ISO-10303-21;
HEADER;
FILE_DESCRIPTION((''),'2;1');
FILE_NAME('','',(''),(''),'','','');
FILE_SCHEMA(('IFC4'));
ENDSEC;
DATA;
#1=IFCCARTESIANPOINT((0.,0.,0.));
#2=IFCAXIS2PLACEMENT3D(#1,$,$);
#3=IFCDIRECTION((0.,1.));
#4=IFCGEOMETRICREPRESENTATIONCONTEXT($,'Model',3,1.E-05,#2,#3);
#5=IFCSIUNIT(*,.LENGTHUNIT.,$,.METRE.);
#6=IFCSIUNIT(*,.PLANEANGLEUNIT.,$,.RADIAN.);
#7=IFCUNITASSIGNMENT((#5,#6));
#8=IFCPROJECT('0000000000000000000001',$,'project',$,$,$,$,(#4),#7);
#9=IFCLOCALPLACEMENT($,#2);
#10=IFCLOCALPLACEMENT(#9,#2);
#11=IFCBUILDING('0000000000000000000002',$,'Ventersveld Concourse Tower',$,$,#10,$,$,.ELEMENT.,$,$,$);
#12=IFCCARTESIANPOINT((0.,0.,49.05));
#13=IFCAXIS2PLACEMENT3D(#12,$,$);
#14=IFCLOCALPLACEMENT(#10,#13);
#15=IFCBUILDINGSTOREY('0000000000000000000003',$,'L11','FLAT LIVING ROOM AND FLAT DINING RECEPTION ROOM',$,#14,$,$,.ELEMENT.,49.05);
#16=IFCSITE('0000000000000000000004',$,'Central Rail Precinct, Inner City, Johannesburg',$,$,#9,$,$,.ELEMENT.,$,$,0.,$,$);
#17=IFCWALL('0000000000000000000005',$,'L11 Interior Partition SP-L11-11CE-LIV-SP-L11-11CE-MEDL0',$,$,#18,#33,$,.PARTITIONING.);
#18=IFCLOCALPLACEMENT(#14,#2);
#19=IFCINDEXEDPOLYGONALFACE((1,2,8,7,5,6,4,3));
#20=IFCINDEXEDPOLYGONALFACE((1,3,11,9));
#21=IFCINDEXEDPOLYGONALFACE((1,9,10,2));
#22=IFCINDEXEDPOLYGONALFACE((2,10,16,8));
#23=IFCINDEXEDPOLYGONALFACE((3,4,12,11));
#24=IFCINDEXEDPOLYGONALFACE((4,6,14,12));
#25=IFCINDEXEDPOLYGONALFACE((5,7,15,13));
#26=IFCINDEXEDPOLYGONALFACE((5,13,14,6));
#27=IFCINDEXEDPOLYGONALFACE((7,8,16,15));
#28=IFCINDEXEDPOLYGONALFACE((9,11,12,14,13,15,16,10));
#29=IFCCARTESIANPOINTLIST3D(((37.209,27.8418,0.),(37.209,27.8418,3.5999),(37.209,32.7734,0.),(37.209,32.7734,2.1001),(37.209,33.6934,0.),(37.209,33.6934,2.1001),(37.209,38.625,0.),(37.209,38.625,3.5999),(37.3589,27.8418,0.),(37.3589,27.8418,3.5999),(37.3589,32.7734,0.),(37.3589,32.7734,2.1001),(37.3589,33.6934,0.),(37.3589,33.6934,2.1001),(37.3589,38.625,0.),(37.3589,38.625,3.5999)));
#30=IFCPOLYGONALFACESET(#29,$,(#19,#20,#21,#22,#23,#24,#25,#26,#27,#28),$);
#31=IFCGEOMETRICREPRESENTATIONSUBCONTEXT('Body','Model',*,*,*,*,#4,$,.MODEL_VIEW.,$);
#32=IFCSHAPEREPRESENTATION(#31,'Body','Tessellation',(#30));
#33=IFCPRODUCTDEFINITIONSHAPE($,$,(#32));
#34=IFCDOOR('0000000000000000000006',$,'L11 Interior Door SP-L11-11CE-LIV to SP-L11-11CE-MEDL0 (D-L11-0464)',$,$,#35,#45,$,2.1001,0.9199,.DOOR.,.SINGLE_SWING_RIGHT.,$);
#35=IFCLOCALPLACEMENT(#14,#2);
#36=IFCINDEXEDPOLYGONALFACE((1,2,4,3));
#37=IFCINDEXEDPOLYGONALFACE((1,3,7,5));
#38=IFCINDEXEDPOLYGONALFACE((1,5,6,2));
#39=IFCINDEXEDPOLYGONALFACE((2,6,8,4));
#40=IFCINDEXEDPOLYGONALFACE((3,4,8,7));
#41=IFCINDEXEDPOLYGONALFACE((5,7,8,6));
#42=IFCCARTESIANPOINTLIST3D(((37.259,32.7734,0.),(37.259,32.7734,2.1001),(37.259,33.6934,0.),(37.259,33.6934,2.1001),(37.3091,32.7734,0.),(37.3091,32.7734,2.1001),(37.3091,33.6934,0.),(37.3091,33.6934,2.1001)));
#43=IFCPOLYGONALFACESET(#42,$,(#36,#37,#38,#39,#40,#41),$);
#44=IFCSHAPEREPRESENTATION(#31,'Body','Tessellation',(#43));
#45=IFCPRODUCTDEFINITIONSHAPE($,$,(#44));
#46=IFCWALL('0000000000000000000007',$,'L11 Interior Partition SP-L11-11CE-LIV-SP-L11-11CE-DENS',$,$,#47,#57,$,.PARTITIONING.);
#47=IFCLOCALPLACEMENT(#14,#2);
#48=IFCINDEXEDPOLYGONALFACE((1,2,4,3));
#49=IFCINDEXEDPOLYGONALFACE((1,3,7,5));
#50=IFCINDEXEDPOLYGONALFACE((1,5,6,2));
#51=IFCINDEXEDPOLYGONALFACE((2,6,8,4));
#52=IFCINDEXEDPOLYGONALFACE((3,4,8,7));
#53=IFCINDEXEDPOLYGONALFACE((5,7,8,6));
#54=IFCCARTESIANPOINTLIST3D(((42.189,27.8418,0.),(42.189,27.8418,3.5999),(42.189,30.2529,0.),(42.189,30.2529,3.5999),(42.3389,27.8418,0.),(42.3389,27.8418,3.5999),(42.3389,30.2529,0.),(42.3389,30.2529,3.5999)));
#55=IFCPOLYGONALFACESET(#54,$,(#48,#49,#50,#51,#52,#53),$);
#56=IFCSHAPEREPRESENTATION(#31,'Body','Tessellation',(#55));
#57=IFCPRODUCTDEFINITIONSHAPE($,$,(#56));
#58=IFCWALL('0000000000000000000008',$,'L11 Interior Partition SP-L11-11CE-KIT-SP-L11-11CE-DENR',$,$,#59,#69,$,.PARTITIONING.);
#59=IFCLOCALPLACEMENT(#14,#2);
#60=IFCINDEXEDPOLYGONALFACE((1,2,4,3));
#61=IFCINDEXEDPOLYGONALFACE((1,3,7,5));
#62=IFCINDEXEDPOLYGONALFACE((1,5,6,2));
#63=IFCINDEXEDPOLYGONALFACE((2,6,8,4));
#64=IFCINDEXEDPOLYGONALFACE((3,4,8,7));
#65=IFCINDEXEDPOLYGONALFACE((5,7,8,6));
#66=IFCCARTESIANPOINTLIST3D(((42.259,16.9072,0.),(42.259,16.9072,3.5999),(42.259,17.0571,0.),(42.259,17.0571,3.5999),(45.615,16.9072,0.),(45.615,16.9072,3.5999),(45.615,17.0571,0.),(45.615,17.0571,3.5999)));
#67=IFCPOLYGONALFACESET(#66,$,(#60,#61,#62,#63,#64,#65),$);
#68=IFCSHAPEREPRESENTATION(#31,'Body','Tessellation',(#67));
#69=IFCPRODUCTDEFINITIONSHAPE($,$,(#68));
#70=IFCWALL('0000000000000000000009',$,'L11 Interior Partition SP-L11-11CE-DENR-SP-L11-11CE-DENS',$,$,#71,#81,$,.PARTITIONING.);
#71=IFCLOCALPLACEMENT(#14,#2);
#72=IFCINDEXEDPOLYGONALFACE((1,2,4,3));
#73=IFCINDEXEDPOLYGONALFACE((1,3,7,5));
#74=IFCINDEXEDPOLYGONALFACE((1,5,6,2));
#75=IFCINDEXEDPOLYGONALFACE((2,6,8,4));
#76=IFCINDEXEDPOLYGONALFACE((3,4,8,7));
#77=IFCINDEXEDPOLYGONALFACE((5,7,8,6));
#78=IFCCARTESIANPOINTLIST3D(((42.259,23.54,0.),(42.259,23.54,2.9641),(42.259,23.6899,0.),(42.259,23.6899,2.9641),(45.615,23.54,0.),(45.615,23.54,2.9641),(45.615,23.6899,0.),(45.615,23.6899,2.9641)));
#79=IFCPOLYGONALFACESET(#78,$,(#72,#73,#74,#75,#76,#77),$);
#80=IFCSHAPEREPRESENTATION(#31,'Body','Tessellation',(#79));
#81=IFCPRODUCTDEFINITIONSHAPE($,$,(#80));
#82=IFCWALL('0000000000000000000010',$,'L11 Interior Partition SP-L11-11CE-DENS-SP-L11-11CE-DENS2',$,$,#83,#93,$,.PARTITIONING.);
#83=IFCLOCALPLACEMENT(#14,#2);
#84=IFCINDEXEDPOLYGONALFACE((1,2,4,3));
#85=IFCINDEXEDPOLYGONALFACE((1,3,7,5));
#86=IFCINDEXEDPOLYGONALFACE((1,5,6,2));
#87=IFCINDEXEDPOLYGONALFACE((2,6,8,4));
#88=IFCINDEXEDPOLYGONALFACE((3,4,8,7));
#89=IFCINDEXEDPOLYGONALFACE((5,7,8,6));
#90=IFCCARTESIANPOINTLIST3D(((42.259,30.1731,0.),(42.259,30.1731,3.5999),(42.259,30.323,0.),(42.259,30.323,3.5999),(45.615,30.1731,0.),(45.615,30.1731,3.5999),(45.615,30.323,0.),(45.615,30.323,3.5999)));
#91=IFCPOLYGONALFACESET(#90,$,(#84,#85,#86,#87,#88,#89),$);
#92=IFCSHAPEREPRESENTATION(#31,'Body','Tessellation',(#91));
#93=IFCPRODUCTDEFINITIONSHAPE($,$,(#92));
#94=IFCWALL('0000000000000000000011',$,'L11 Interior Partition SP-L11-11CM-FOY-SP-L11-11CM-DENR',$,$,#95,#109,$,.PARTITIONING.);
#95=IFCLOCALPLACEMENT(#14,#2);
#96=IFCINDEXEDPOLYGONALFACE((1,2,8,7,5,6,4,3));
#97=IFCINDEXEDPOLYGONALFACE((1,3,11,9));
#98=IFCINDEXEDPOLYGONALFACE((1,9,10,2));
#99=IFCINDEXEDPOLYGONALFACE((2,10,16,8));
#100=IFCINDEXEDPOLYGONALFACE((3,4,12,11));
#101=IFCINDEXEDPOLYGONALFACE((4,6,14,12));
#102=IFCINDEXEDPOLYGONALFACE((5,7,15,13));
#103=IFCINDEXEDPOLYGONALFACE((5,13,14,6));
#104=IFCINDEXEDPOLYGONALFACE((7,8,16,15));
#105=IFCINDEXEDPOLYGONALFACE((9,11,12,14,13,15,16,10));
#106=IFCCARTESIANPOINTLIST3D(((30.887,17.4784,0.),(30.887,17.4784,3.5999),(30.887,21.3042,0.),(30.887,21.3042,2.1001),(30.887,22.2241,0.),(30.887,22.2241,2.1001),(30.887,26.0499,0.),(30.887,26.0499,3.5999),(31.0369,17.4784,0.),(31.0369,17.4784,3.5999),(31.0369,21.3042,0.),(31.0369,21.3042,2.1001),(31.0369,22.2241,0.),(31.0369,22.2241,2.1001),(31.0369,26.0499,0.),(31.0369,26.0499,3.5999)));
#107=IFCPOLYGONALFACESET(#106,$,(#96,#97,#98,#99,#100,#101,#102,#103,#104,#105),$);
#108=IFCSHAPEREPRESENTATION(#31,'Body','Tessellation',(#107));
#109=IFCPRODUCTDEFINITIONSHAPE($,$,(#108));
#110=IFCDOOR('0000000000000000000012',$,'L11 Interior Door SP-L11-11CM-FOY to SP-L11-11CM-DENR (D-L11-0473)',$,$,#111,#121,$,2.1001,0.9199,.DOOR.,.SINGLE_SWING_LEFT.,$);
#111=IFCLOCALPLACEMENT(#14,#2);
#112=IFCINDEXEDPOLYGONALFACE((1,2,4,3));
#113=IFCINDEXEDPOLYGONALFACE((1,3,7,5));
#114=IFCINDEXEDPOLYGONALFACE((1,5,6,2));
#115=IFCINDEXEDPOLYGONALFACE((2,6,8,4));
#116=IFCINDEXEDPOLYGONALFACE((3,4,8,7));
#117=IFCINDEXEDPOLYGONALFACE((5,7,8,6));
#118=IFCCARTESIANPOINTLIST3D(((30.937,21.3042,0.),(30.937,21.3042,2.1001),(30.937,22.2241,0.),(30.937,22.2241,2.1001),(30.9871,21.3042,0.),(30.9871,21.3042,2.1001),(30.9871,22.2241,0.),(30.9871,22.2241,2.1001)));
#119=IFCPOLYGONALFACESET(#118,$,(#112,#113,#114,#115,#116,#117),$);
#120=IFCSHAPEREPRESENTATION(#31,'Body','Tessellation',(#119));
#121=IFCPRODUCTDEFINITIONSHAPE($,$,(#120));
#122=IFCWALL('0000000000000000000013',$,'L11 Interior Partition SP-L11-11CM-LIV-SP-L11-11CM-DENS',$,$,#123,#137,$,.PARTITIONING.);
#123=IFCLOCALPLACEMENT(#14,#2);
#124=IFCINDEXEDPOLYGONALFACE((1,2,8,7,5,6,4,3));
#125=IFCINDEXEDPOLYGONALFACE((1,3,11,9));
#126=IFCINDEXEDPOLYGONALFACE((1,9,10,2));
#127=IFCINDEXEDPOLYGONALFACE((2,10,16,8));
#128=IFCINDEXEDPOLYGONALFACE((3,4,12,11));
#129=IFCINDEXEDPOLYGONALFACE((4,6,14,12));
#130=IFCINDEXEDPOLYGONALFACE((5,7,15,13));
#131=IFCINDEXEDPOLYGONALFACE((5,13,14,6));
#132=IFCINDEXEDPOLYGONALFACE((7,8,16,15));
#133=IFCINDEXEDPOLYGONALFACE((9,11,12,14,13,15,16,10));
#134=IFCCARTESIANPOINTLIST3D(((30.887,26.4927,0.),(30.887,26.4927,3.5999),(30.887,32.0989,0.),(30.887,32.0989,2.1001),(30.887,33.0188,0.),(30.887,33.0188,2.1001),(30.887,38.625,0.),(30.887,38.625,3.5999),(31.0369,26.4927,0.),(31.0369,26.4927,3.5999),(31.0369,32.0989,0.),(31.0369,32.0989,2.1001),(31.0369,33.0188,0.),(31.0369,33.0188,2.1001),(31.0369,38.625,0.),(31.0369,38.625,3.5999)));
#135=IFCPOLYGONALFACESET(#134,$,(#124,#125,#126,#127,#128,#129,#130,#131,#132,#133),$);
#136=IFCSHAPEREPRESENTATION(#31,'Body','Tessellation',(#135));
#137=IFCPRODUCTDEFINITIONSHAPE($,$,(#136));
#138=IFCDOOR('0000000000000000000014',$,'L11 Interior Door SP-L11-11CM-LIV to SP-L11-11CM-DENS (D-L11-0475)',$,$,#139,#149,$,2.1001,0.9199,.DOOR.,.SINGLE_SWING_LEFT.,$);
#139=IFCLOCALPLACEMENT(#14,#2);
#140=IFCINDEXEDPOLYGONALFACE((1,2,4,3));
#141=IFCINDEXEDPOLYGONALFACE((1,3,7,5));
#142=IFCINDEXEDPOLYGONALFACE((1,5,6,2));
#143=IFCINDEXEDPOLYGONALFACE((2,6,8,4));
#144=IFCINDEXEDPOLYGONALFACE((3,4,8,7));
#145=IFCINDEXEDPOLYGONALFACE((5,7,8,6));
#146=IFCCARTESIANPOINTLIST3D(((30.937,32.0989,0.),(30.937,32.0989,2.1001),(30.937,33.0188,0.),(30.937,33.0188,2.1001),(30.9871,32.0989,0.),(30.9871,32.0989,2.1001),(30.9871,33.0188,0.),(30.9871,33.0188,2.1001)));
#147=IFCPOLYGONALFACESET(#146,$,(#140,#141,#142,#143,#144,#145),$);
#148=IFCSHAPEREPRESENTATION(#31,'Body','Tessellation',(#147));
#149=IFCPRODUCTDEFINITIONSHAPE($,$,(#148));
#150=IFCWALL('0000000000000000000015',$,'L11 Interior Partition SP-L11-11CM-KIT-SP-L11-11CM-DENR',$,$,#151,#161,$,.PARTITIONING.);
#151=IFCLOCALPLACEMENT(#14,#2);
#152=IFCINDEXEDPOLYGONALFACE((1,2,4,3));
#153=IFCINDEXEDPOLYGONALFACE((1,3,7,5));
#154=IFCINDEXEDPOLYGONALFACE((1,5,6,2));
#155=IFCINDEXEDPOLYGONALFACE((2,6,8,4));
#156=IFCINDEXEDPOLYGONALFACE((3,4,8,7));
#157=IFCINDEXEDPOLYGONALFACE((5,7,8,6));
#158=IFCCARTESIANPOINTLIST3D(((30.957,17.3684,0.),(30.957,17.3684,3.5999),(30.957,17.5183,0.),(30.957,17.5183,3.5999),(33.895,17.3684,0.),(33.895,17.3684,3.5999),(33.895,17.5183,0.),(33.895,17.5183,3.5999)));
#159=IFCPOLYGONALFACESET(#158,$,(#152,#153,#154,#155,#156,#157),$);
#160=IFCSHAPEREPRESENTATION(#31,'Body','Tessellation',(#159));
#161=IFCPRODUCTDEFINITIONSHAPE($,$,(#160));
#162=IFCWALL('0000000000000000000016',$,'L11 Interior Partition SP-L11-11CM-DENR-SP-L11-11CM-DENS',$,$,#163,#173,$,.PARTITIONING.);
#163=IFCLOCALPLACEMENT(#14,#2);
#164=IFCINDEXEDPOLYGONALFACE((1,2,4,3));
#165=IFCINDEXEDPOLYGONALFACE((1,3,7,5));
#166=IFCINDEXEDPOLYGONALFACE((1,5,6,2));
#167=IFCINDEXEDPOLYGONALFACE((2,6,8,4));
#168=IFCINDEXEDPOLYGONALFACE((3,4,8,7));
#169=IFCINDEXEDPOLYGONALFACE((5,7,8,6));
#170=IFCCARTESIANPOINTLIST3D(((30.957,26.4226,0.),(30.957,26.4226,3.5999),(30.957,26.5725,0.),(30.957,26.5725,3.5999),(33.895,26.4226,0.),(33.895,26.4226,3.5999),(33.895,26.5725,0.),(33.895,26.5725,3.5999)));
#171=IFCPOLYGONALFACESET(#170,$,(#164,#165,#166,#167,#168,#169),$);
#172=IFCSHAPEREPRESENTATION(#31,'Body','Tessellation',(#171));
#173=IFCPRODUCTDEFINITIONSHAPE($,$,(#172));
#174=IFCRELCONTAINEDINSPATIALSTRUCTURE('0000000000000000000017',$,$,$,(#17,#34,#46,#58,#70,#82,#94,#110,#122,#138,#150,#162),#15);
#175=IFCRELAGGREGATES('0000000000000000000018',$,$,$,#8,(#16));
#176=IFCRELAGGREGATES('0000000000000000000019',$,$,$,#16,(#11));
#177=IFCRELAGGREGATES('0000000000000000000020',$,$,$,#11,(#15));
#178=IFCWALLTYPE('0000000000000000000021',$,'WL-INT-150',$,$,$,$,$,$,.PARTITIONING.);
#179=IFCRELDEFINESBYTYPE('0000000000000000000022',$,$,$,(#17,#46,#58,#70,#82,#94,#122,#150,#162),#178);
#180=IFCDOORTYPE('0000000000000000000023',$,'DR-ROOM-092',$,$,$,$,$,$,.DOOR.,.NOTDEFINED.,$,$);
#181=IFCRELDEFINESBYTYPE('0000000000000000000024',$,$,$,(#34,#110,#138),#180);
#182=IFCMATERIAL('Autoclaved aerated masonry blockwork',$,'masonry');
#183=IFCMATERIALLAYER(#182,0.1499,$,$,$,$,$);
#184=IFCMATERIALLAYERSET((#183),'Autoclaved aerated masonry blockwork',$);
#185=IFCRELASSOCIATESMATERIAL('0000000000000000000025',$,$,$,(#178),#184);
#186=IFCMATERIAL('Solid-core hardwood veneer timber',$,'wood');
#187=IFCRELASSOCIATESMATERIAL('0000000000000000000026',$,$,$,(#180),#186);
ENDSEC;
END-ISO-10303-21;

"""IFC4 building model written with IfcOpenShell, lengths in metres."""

from ifc_helpers import new_model, si_unit, direction, frame, frame_2d, origin, place, context, subcontext, project, spatial, rectangle, extrude, material, layer, layer_set, type_object, element, fill, save


model = new_model("IFC4")

# Units and contexts
model_context = context("Model", 3, precision=1e-05, world=origin(), true_north=direction((0.0, 1.0)))
body_context = subcontext(model_context, "Body", "Model", "MODEL_VIEW")
ifc_project = project(units=[si_unit("LENGTHUNIT", "METRE"), si_unit("PLANEANGLEUNIT", "RADIAN")], contexts=[model_context])

# Site, building, storey
site_placement = place(None, origin())
site = spatial("IfcSite", under=ifc_project, at=site_placement, Name="Central Rail Precinct, Inner City, Johannesburg", CompositionType="ELEMENT", RefElevation=0.0)
building_placement = place(site_placement, origin())
building = spatial("IfcBuilding", under=site, at=building_placement, Name="Ventersveld Concourse Tower", CompositionType="ELEMENT")
storey_placement = place(building_placement, frame((0.0, 0.0, 49.05)))
storey = spatial("IfcBuildingStorey", under=building, at=storey_placement, Name="L11", Description="FLAT LIVING ROOM AND FLAT DINING RECEPTION ROOM", CompositionType="ELEMENT", Elevation=49.05)

# Wall, opening, door
ifc_material_1 = material(Name="Autoclaved aerated masonry blockwork", Category="masonry")
ifc_layer_1 = layer(ifc_material_1, 0.1499)
ifc_layer_set_1 = layer_set([ifc_layer_1], Name="Autoclaved aerated masonry blockwork")
wall_type_1 = type_object("IfcWallType", Name="WL-INT-150", PredefinedType="PARTITIONING", material=ifc_layer_set_1)
ifc_material_2 = material(Name="Solid-core hardwood veneer timber", Category="wood")
door_type = type_object("IfcDoorType", Name="DR-ROOM-092", OperationType="NOTDEFINED", PredefinedType="DOOR", material=ifc_material_2)
wall_1_placement = place(storey_placement, frame((37.2839, 27.8418, 0.0), z_axis=(0.0, 0.0, 1.0), x_axis=(0.0, 1.0, 0.0)))
wall_1 = element("IfcWall", 1, at=wall_1_placement, inside=storey, type_object=wall_type_1, Name="L11 Interior Partition SP-L11-11CE-LIV-SP-L11-11CE-MEDL0", PredefinedType="PARTITIONING", context=body_context, shape_type="SweptSolid", body=[
    extrude(rectangle(XDim=10.7832, YDim=0.1499, at=frame_2d((5.3916, 0.0))), origin(), (0.0, 0.0, 1.0), 3.5999),
])
opening_1_placement = place(wall_1_placement, frame((4.9316, 0.0, 0.0)))
opening_1 = element("IfcOpeningElement", 2, at=opening_1_placement, cuts=wall_1, PredefinedType="OPENING", context=body_context, shape_type="SweptSolid", body=[
    extrude(rectangle(XDim=0.9199, YDim=2.1001, at=frame_2d((0.46, 1.05))), frame((0.0, 0.085, 0.0), z_axis=(0.0, -1.0, 0.0), x_axis=(1.0, 0.0, 0.0)), (0.0, 0.0, 1.0), 0.1699),
])
door_1_placement = place(opening_1_placement, origin())
door_1 = element("IfcDoor", 3, at=door_1_placement, inside=storey, type_object=door_type, Name="L11 Interior Door SP-L11-11CE-LIV to SP-L11-11CE-MEDL0 (D-L11-0464)", OperationType="SINGLE_SWING_RIGHT", OverallHeight=2.1001, OverallWidth=0.9199, PredefinedType="DOOR", context=body_context, shape_type="SweptSolid", body=[
    extrude(rectangle(XDim=0.9199, YDim=2.1001, at=frame_2d((0.46, 1.05))), frame((0.0, 0.0249, 0.0), z_axis=(0.0, -1.0, 0.0), x_axis=(1.0, 0.0, 0.0)), (0.0, 0.0, 1.0), 0.05),
])
fill(opening_1, door_1)

# Walls
wall_2_placement = place(storey_placement, frame((42.2639, 27.8418, 0.0), z_axis=(0.0, 0.0, 1.0), x_axis=(0.0, 1.0, 0.0)))
element("IfcWall", 4, at=wall_2_placement, inside=storey, type_object=wall_type_1, Name="L11 Interior Partition SP-L11-11CE-LIV-SP-L11-11CE-DENS", PredefinedType="PARTITIONING", context=body_context, shape_type="SweptSolid", body=[
    extrude(rectangle(XDim=2.4111, YDim=0.1499, at=frame_2d((1.2056, 0.0))), origin(), (0.0, 0.0, 1.0), 3.5999),
])
wall_3_placement = place(storey_placement, frame((42.259, 16.9822, 0.0), z_axis=(0.0, 0.0, 1.0), x_axis=(1.0, 0.0, 0.0)))
element("IfcWall", 5, at=wall_3_placement, inside=storey, type_object=wall_type_1, Name="L11 Interior Partition SP-L11-11CE-KIT-SP-L11-11CE-DENR", PredefinedType="PARTITIONING", context=body_context, shape_type="SweptSolid", body=[
    extrude(rectangle(XDim=3.356, YDim=0.1499, at=frame_2d((1.678, 0.0))), origin(), (0.0, 0.0, 1.0), 3.5999),
])
wall_4_placement = place(storey_placement, frame((42.259, 23.615, 0.0), z_axis=(0.0, 0.0, 1.0), x_axis=(1.0, 0.0, 0.0)))
element("IfcWall", 6, at=wall_4_placement, inside=storey, type_object=wall_type_1, Name="L11 Interior Partition SP-L11-11CE-DENR-SP-L11-11CE-DENS", PredefinedType="PARTITIONING", context=body_context, shape_type="SweptSolid", body=[
    extrude(rectangle(XDim=3.356, YDim=0.1499, at=frame_2d((1.678, 0.0))), origin(), (0.0, 0.0, 1.0), 2.9641),
])
wall_5_placement = place(storey_placement, frame((42.259, 30.248, 0.0), z_axis=(0.0, 0.0, 1.0), x_axis=(1.0, 0.0, 0.0)))
element("IfcWall", 7, at=wall_5_placement, inside=storey, type_object=wall_type_1, Name="L11 Interior Partition SP-L11-11CE-DENS-SP-L11-11CE-DENS2", PredefinedType="PARTITIONING", context=body_context, shape_type="SweptSolid", body=[
    extrude(rectangle(XDim=3.356, YDim=0.1499, at=frame_2d((1.678, 0.0))), origin(), (0.0, 0.0, 1.0), 3.5999),
])

# Walls, openings, doors
wall_6_placement = place(storey_placement, frame((30.9619, 17.4785, 0.0), z_axis=(0.0, 0.0, 1.0), x_axis=(0.0, 1.0, 0.0)))
wall_6 = element("IfcWall", 8, at=wall_6_placement, inside=storey, type_object=wall_type_1, Name="L11 Interior Partition SP-L11-11CM-FOY-SP-L11-11CM-DENR", PredefinedType="PARTITIONING", context=body_context, shape_type="SweptSolid", body=[
    extrude(rectangle(XDim=8.5715, YDim=0.1499, at=frame_2d((4.2856, 0.0))), origin(), (0.0, 0.0, 1.0), 3.5999),
])
opening_2_placement = place(wall_6_placement, frame((3.8257, 0.0, 0.0)))
opening_2 = element("IfcOpeningElement", 9, at=opening_2_placement, cuts=wall_6, PredefinedType="OPENING", context=body_context, shape_type="SweptSolid", body=[
    extrude(rectangle(XDim=0.9199, YDim=2.1001, at=frame_2d((0.46, 1.05))), frame((0.0, 0.085, 0.0), z_axis=(0.0, -1.0, 0.0), x_axis=(1.0, 0.0, 0.0)), (0.0, 0.0, 1.0), 0.1699),
])
door_2_placement = place(opening_2_placement, origin())
door_2 = element("IfcDoor", 10, at=door_2_placement, inside=storey, type_object=door_type, Name="L11 Interior Door SP-L11-11CM-FOY to SP-L11-11CM-DENR (D-L11-0473)", OperationType="SINGLE_SWING_LEFT", OverallHeight=2.1001, OverallWidth=0.9199, PredefinedType="DOOR", context=body_context, shape_type="SweptSolid", body=[
    extrude(rectangle(XDim=0.9199, YDim=2.1001, at=frame_2d((0.46, 1.05))), frame((0.0, 0.0249, 0.0), z_axis=(0.0, -1.0, 0.0), x_axis=(1.0, 0.0, 0.0)), (0.0, 0.0, 1.0), 0.05),
])
fill(opening_2, door_2)
wall_7_placement = place(storey_placement, frame((30.9619, 26.4927, 0.0), z_axis=(0.0, 0.0, 1.0), x_axis=(0.0, 1.0, 0.0)))
wall_7 = element("IfcWall", 11, at=wall_7_placement, inside=storey, type_object=wall_type_1, Name="L11 Interior Partition SP-L11-11CM-LIV-SP-L11-11CM-DENS", PredefinedType="PARTITIONING", context=body_context, shape_type="SweptSolid", body=[
    extrude(rectangle(XDim=12.1323, YDim=0.1499, at=frame_2d((6.0662, 0.0))), origin(), (0.0, 0.0, 1.0), 3.5999),
])
opening_3_placement = place(wall_7_placement, frame((5.6062, 0.0, 0.0)))
opening_3 = element("IfcOpeningElement", 12, at=opening_3_placement, cuts=wall_7, PredefinedType="OPENING", context=body_context, shape_type="SweptSolid", body=[
    extrude(rectangle(XDim=0.9199, YDim=2.1001, at=frame_2d((0.46, 1.05))), frame((0.0, 0.085, 0.0), z_axis=(0.0, -1.0, 0.0), x_axis=(1.0, 0.0, 0.0)), (0.0, 0.0, 1.0), 0.1699),
])
door_3_placement = place(opening_3_placement, origin())
door_3 = element("IfcDoor", 13, at=door_3_placement, inside=storey, type_object=door_type, Name="L11 Interior Door SP-L11-11CM-LIV to SP-L11-11CM-DENS (D-L11-0475)", OperationType="SINGLE_SWING_LEFT", OverallHeight=2.1001, OverallWidth=0.9199, PredefinedType="DOOR", context=body_context, shape_type="SweptSolid", body=[
    extrude(rectangle(XDim=0.9199, YDim=2.1001, at=frame_2d((0.46, 1.05))), frame((0.0, 0.0249, 0.0), z_axis=(0.0, -1.0, 0.0), x_axis=(1.0, 0.0, 0.0)), (0.0, 0.0, 1.0), 0.05),
])
fill(opening_3, door_3)

# Walls
for number, where, z_axis, x_axis, name in (
    (14, (30.957, 17.4434, 0.0), (0.0, 0.0, 1.0), (1.0, 0.0, 0.0), "L11 Interior Partition SP-L11-11CM-KIT-SP-L11-11CM-DENR"),
    (15, (30.957, 26.4976, 0.0), (0.0, 0.0, 1.0), (1.0, 0.0, 0.0), "L11 Interior Partition SP-L11-11CM-DENR-SP-L11-11CM-DENS"),
):
    element("IfcWall", number, at=place(storey_placement, frame(where, z_axis=z_axis, x_axis=x_axis)), inside=storey, type_object=wall_type_1, Name=name, PredefinedType="PARTITIONING", context=body_context, shape_type="SweptSolid", body=[
        extrude(rectangle(XDim=2.938, YDim=0.1499, at=frame_2d((1.469, 0.0))), origin(), (0.0, 0.0, 1.0), 3.5999),
    ])

save(model, "model.ifc")
